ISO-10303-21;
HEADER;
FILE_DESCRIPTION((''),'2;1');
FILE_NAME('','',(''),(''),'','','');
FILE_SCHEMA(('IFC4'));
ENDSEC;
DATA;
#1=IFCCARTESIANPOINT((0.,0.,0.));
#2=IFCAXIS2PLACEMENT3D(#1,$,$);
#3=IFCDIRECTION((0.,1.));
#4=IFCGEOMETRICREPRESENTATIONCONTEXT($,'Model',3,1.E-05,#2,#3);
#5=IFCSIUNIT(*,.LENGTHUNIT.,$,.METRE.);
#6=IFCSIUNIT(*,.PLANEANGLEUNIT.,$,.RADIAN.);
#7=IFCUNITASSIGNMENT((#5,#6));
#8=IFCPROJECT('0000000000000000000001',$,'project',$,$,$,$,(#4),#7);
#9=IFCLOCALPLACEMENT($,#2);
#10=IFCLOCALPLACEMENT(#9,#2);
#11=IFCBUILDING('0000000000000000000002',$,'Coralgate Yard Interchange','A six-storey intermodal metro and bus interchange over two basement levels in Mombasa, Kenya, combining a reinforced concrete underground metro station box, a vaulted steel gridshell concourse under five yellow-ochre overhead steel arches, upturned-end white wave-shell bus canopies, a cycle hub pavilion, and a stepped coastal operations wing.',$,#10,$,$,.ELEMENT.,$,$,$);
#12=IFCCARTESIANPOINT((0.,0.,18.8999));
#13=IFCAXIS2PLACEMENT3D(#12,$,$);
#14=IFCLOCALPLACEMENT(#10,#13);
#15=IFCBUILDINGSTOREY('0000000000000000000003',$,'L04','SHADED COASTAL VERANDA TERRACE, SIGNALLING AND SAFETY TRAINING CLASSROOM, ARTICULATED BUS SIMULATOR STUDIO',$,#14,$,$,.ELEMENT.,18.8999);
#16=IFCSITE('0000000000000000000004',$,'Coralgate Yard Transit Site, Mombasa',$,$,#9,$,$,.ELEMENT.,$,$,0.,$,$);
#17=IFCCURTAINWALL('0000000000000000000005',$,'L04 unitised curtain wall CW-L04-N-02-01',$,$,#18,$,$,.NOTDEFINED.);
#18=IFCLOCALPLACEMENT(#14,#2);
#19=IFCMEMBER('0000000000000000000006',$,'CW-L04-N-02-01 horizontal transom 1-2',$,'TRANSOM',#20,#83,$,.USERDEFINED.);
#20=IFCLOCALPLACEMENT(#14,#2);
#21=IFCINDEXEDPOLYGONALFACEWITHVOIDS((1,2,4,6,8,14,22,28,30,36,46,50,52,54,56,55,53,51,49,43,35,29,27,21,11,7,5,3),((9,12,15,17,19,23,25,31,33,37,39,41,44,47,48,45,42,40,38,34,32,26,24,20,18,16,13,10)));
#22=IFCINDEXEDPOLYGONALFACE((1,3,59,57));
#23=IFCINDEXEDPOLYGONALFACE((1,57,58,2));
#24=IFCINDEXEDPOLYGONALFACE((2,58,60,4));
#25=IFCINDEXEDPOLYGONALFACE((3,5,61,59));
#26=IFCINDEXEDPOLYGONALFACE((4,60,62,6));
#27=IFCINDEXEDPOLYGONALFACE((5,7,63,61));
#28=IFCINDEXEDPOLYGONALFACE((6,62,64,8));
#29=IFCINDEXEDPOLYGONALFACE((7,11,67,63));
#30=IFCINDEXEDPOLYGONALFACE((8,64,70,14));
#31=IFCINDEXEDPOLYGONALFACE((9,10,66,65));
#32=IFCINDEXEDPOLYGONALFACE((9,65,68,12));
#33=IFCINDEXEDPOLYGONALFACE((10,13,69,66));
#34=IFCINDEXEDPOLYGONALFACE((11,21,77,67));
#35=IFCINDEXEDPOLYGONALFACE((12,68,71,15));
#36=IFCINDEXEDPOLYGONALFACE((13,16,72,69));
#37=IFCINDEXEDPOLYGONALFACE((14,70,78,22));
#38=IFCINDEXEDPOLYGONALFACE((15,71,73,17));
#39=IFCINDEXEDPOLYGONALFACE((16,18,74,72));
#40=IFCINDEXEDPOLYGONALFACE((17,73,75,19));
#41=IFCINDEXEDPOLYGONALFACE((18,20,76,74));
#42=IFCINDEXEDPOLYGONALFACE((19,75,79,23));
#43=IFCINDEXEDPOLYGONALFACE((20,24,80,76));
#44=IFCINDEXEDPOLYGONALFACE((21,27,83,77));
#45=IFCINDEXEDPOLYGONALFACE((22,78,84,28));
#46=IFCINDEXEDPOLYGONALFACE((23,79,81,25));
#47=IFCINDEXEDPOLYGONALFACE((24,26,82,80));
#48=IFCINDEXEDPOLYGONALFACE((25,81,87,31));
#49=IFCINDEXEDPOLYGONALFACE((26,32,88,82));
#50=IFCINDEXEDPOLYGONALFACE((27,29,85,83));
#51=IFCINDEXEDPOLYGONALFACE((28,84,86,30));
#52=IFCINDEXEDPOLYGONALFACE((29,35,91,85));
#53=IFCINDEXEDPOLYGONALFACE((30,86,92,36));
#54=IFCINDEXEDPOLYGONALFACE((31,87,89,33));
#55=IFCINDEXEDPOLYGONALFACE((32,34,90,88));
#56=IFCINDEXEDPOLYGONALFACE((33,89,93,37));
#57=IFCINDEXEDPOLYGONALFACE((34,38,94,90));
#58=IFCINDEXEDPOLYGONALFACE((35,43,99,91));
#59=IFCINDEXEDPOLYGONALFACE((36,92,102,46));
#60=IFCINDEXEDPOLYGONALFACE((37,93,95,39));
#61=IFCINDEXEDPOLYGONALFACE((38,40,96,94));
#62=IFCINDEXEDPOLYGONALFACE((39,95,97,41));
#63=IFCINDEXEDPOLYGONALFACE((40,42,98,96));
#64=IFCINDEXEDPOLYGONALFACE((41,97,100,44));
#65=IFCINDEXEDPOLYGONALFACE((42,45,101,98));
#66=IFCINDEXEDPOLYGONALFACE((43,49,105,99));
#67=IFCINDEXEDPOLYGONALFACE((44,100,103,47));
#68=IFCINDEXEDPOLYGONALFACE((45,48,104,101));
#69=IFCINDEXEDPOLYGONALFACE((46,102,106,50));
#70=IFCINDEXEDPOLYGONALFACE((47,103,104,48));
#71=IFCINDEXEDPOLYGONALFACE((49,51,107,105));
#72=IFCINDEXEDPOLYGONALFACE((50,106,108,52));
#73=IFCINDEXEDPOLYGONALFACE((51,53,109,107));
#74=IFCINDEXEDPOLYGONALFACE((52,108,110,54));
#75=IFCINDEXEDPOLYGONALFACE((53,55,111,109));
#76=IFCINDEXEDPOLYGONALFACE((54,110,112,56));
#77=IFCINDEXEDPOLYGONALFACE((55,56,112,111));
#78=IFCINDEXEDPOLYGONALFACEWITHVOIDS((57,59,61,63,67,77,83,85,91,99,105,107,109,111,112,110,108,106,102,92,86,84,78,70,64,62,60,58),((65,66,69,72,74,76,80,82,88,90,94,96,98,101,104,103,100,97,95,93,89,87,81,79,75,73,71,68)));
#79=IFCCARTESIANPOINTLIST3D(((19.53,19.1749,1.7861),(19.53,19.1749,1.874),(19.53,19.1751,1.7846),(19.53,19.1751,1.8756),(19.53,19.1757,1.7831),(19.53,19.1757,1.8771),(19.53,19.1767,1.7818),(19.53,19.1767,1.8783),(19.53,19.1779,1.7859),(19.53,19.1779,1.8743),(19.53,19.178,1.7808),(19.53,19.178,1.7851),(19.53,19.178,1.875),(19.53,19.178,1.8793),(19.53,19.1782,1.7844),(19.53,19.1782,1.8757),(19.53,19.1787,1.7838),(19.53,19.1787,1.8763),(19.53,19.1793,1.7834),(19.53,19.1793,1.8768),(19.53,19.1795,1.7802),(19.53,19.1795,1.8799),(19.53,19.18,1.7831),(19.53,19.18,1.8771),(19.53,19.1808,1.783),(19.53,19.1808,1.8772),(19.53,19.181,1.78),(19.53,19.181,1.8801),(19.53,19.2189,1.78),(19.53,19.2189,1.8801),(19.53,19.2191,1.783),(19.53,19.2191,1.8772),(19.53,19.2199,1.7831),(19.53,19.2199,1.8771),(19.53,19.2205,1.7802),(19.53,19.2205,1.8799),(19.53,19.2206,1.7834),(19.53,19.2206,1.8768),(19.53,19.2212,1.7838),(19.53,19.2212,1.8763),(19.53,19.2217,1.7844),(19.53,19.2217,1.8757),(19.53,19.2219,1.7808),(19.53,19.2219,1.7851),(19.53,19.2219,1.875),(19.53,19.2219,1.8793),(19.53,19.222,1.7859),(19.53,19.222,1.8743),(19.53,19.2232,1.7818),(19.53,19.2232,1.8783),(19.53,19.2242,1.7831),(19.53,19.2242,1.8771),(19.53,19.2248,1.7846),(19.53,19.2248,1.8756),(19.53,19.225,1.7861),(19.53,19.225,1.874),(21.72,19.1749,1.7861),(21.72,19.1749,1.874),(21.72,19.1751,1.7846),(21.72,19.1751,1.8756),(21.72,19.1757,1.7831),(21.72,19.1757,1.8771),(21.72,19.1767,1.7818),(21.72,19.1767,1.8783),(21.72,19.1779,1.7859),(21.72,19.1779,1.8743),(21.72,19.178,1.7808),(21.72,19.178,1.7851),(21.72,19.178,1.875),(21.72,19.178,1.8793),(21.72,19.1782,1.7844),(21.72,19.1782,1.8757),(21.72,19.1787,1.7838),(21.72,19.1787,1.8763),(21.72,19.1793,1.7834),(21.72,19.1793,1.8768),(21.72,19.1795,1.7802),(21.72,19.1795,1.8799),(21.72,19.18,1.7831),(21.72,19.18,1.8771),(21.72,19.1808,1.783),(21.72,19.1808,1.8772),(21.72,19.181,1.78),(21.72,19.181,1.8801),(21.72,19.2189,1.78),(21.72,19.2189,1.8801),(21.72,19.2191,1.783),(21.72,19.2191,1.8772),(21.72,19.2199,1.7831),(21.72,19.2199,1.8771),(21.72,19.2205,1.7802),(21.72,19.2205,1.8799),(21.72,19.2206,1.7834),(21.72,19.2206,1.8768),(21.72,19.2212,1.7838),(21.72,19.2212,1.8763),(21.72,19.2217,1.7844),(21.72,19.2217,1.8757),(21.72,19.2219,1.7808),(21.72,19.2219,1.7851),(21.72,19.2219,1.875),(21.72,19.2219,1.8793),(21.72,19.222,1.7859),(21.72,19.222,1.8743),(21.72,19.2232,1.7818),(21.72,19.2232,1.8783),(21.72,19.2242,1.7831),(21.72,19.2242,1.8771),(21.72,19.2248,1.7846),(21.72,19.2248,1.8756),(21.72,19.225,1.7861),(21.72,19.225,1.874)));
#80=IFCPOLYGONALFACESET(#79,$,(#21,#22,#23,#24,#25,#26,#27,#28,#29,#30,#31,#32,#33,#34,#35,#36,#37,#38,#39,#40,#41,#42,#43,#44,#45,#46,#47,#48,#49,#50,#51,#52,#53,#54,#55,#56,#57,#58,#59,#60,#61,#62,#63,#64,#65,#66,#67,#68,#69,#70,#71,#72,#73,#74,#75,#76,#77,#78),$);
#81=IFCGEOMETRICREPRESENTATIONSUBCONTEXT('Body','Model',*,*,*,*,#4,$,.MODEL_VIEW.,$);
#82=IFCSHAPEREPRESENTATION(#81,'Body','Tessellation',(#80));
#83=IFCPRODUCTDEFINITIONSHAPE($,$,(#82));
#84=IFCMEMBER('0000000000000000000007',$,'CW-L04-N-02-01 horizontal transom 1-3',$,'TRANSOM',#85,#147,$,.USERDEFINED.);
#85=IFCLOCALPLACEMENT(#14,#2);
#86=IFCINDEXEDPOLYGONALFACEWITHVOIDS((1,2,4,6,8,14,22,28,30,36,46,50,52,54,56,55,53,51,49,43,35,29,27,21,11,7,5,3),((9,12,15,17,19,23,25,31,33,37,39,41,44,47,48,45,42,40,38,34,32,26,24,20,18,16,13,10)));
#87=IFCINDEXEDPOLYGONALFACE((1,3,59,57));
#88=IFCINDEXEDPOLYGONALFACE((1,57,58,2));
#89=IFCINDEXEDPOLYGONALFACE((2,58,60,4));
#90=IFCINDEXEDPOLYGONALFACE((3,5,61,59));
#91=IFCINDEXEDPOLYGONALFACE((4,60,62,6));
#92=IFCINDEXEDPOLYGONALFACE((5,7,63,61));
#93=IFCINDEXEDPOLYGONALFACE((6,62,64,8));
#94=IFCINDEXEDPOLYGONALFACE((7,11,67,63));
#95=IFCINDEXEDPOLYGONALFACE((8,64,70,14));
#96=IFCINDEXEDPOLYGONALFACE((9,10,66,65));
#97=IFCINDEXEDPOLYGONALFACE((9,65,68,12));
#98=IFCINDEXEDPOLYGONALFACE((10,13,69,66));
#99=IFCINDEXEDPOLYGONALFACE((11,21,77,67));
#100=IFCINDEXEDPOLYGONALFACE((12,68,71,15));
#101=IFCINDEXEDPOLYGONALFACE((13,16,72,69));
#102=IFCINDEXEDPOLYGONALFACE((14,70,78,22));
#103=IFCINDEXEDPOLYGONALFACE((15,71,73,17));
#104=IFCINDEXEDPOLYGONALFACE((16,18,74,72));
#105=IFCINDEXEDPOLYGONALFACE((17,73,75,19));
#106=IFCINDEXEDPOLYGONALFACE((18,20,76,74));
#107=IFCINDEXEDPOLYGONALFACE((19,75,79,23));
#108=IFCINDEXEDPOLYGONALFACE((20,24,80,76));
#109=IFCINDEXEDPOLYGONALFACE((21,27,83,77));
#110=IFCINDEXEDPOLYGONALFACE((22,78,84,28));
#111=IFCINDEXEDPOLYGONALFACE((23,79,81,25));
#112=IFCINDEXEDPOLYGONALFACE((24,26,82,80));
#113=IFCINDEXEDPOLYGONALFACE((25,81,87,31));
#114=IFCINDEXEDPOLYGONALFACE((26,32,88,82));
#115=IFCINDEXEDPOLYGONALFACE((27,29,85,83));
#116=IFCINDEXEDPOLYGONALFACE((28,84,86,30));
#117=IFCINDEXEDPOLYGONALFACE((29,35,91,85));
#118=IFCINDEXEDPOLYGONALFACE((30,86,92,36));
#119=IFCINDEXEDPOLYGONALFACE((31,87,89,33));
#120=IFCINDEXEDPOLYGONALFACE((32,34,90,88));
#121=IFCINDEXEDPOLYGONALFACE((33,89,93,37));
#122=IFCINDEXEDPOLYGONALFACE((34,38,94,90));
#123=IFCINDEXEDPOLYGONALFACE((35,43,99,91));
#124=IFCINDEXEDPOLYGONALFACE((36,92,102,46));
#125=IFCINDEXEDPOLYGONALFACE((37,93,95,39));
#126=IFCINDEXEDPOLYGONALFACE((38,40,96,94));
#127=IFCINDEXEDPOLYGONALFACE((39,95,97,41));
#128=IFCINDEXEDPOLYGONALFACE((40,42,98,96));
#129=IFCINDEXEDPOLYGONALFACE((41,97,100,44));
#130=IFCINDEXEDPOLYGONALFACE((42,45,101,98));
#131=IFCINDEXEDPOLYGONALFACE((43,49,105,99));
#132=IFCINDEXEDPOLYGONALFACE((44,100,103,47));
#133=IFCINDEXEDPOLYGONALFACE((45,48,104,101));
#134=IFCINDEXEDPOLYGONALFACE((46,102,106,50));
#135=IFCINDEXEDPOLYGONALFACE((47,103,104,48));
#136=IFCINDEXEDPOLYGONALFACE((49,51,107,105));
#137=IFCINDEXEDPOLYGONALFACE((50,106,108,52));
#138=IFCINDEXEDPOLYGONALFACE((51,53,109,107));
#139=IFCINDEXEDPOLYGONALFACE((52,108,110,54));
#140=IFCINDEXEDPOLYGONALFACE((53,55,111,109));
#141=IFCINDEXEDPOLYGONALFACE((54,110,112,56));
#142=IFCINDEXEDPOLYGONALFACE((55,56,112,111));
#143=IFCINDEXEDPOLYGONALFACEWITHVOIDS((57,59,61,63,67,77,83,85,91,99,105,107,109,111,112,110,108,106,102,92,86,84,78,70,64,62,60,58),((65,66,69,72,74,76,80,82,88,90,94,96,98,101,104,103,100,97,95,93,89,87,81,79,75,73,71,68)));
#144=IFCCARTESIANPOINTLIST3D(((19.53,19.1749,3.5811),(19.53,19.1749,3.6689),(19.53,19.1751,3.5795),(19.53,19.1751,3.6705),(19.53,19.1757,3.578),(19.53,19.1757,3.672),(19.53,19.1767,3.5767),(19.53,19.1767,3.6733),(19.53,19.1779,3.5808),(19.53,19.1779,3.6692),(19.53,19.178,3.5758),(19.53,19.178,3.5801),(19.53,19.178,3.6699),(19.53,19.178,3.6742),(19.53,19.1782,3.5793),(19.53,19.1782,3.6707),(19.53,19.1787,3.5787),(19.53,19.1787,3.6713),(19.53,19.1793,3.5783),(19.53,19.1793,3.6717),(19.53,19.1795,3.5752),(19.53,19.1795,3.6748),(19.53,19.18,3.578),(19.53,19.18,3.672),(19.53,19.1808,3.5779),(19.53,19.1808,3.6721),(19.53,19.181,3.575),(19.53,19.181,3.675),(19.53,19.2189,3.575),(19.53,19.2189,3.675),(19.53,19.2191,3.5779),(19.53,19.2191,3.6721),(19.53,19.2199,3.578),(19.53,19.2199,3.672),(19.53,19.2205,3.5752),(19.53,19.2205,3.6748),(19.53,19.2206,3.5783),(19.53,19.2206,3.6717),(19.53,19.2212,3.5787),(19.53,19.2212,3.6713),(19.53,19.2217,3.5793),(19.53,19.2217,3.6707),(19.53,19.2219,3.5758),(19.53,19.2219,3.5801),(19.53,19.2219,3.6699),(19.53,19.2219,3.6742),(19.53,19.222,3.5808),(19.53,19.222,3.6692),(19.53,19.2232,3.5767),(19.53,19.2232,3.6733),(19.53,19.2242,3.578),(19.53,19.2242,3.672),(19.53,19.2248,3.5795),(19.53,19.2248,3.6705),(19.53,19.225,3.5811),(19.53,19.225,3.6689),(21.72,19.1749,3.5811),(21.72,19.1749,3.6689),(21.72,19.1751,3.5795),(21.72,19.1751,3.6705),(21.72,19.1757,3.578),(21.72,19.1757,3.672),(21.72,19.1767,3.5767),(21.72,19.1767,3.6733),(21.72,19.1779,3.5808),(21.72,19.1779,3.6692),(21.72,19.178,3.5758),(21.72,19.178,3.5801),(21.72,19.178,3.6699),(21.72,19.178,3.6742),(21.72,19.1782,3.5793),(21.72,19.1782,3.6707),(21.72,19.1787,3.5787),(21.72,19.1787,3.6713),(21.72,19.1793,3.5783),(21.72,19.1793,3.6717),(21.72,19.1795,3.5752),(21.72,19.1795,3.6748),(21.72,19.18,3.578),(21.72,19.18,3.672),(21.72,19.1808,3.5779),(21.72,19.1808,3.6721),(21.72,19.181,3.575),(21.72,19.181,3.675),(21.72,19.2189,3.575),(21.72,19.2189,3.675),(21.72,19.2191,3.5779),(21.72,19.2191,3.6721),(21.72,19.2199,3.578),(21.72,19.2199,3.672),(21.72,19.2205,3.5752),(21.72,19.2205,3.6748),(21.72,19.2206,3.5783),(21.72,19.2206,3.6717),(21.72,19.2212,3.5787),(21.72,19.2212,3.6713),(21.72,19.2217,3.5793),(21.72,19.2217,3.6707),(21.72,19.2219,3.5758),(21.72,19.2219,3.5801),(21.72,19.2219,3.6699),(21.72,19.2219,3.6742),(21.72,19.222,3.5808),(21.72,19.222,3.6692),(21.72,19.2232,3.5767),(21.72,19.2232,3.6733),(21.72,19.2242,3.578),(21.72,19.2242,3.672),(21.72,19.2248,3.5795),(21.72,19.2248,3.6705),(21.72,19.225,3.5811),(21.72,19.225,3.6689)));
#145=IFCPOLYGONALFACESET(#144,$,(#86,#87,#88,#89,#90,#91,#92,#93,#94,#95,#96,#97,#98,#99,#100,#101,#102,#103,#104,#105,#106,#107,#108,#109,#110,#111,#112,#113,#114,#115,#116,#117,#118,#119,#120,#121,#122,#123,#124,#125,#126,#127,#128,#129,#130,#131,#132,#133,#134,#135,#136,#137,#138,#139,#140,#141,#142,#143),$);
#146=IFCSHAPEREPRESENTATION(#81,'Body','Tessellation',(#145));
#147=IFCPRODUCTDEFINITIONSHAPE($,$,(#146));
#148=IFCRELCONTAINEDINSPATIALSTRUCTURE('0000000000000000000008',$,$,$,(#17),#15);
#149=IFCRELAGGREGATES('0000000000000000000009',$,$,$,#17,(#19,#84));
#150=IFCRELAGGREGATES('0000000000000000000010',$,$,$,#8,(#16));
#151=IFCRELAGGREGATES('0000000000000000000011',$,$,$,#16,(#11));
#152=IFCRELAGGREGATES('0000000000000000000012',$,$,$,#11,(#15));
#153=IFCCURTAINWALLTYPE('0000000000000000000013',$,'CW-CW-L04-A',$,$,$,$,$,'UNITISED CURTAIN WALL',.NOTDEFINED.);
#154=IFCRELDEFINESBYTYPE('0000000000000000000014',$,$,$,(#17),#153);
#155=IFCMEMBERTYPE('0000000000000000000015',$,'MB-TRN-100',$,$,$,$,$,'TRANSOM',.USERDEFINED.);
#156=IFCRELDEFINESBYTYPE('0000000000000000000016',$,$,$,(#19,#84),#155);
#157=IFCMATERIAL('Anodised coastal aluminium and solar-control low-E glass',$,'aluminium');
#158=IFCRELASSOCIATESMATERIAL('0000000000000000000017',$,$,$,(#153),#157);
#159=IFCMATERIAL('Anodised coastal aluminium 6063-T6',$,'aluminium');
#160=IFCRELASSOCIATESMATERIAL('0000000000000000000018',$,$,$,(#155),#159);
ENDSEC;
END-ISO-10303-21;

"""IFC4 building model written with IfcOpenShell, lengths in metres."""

from ifc_helpers import new_model, si_unit, direction, frame, origin, origin_2d, place, context, subcontext, project, spatial, hollow_rectangle, extrude, material, material_profile, profile_set, type_object, element, aggregate, save


model = new_model("IFC4")

# Units and contexts
model_context = context("Model", 3, precision=1e-05, world=origin(), true_north=direction((0.0, 1.0)))
body_context = subcontext(model_context, "Body", "Model", "MODEL_VIEW")
ifc_project = project(units=[si_unit("LENGTHUNIT", "METRE"), si_unit("PLANEANGLEUNIT", "RADIAN")], contexts=[model_context])

# Site, building, storey
site_placement = place(None, origin())
site = spatial("IfcSite", under=ifc_project, at=site_placement, Name="Coralgate Yard Transit Site, Mombasa", CompositionType="ELEMENT", RefElevation=0.0)
building_placement = place(site_placement, origin())
building = spatial("IfcBuilding", under=site, at=building_placement, Name="Coralgate Yard Interchange", Description="A six-storey intermodal metro and bus interchange over two basement levels in Mombasa, Kenya, combining a reinforced concrete underground metro station box, a vaulted steel gridshell concourse under five yellow-ochre overhead steel arches, upturned-end white wave-shell bus canopies, a cycle hub pavilion, and a stepped coastal operations wing.", CompositionType="ELEMENT")
storey_placement = place(building_placement, frame((0.0, 0.0, 18.8999)))
storey = spatial("IfcBuildingStorey", under=building, at=storey_placement, Name="L04", Description="SHADED COASTAL VERANDA TERRACE, SIGNALLING AND SAFETY TRAINING CLASSROOM, ARTICULATED BUS SIMULATOR STUDIO", CompositionType="ELEMENT", Elevation=18.8999)

# Curtain wall, members
ifc_material_1 = material(Name="Anodised coastal aluminium and solar-control low-E glass", Category="aluminium")
curtain_wall_type = type_object("IfcCurtainWallType", Name="CW-CW-L04-A", ElementType="UNITISED CURTAIN WALL", PredefinedType="NOTDEFINED", material=ifc_material_1)
curtain_wall_placement = place(storey_placement, origin())
curtain_wall = element("IfcCurtainWall", 1, at=curtain_wall_placement, inside=storey, type_object=curtain_wall_type, Name="L04 unitised curtain wall CW-L04-N-02-01", PredefinedType="NOTDEFINED")
ifc_material_2 = material(Name="Anodised coastal aluminium 6063-T6", Category="aluminium")
ifc_material_profile_1 = material_profile(ifc_material_2, hollow_rectangle(XDim=0.05, YDim=0.1001, WallThickness=0.0029, InnerFilletRadius=0.0029, OuterFilletRadius=0.0061, at=origin_2d()), Name="ALU 50x100x3")
ifc_profile_set_1 = profile_set([ifc_material_profile_1], Name="Anodised coastal aluminium 6063-T6")
member_type_1 = type_object("IfcMemberType", Name="MB-TRN-100", ElementType="TRANSOM", PredefinedType="USERDEFINED", material=ifc_profile_set_1)
member_1_placement = place(storey_placement, frame((19.53, 19.2, 1.8301), z_axis=(1.0, 0.0, 0.0), x_axis=(0.0, 1.0, 0.0)))
member_1 = element("IfcMember", 2, at=member_1_placement, type_object=member_type_1, Name="CW-L04-N-02-01 horizontal transom 1-2", ObjectType="TRANSOM", PredefinedType="USERDEFINED", context=body_context, shape_type="SweptSolid", body=[
    extrude(hollow_rectangle(XDim=0.05, YDim=0.1001, WallThickness=0.0029, InnerFilletRadius=0.0029, OuterFilletRadius=0.0061, at=origin_2d()), origin(), (0.0, 0.0, 1.0), 2.1899),
])
member_2_placement = place(storey_placement, frame((19.53, 19.2, 3.625), z_axis=(1.0, 0.0, 0.0), x_axis=(0.0, 1.0, 0.0)))
member_2 = element("IfcMember", 3, at=member_2_placement, type_object=member_type_1, Name="CW-L04-N-02-01 horizontal transom 1-3", ObjectType="TRANSOM", PredefinedType="USERDEFINED", context=body_context, shape_type="SweptSolid", body=[
    extrude(hollow_rectangle(XDim=0.05, YDim=0.1001, WallThickness=0.0029, InnerFilletRadius=0.0029, OuterFilletRadius=0.0061, at=origin_2d()), origin(), (0.0, 0.0, 1.0), 2.1899),
])
aggregate(curtain_wall, [member_1, member_2])

save(model, "model.ifc")
